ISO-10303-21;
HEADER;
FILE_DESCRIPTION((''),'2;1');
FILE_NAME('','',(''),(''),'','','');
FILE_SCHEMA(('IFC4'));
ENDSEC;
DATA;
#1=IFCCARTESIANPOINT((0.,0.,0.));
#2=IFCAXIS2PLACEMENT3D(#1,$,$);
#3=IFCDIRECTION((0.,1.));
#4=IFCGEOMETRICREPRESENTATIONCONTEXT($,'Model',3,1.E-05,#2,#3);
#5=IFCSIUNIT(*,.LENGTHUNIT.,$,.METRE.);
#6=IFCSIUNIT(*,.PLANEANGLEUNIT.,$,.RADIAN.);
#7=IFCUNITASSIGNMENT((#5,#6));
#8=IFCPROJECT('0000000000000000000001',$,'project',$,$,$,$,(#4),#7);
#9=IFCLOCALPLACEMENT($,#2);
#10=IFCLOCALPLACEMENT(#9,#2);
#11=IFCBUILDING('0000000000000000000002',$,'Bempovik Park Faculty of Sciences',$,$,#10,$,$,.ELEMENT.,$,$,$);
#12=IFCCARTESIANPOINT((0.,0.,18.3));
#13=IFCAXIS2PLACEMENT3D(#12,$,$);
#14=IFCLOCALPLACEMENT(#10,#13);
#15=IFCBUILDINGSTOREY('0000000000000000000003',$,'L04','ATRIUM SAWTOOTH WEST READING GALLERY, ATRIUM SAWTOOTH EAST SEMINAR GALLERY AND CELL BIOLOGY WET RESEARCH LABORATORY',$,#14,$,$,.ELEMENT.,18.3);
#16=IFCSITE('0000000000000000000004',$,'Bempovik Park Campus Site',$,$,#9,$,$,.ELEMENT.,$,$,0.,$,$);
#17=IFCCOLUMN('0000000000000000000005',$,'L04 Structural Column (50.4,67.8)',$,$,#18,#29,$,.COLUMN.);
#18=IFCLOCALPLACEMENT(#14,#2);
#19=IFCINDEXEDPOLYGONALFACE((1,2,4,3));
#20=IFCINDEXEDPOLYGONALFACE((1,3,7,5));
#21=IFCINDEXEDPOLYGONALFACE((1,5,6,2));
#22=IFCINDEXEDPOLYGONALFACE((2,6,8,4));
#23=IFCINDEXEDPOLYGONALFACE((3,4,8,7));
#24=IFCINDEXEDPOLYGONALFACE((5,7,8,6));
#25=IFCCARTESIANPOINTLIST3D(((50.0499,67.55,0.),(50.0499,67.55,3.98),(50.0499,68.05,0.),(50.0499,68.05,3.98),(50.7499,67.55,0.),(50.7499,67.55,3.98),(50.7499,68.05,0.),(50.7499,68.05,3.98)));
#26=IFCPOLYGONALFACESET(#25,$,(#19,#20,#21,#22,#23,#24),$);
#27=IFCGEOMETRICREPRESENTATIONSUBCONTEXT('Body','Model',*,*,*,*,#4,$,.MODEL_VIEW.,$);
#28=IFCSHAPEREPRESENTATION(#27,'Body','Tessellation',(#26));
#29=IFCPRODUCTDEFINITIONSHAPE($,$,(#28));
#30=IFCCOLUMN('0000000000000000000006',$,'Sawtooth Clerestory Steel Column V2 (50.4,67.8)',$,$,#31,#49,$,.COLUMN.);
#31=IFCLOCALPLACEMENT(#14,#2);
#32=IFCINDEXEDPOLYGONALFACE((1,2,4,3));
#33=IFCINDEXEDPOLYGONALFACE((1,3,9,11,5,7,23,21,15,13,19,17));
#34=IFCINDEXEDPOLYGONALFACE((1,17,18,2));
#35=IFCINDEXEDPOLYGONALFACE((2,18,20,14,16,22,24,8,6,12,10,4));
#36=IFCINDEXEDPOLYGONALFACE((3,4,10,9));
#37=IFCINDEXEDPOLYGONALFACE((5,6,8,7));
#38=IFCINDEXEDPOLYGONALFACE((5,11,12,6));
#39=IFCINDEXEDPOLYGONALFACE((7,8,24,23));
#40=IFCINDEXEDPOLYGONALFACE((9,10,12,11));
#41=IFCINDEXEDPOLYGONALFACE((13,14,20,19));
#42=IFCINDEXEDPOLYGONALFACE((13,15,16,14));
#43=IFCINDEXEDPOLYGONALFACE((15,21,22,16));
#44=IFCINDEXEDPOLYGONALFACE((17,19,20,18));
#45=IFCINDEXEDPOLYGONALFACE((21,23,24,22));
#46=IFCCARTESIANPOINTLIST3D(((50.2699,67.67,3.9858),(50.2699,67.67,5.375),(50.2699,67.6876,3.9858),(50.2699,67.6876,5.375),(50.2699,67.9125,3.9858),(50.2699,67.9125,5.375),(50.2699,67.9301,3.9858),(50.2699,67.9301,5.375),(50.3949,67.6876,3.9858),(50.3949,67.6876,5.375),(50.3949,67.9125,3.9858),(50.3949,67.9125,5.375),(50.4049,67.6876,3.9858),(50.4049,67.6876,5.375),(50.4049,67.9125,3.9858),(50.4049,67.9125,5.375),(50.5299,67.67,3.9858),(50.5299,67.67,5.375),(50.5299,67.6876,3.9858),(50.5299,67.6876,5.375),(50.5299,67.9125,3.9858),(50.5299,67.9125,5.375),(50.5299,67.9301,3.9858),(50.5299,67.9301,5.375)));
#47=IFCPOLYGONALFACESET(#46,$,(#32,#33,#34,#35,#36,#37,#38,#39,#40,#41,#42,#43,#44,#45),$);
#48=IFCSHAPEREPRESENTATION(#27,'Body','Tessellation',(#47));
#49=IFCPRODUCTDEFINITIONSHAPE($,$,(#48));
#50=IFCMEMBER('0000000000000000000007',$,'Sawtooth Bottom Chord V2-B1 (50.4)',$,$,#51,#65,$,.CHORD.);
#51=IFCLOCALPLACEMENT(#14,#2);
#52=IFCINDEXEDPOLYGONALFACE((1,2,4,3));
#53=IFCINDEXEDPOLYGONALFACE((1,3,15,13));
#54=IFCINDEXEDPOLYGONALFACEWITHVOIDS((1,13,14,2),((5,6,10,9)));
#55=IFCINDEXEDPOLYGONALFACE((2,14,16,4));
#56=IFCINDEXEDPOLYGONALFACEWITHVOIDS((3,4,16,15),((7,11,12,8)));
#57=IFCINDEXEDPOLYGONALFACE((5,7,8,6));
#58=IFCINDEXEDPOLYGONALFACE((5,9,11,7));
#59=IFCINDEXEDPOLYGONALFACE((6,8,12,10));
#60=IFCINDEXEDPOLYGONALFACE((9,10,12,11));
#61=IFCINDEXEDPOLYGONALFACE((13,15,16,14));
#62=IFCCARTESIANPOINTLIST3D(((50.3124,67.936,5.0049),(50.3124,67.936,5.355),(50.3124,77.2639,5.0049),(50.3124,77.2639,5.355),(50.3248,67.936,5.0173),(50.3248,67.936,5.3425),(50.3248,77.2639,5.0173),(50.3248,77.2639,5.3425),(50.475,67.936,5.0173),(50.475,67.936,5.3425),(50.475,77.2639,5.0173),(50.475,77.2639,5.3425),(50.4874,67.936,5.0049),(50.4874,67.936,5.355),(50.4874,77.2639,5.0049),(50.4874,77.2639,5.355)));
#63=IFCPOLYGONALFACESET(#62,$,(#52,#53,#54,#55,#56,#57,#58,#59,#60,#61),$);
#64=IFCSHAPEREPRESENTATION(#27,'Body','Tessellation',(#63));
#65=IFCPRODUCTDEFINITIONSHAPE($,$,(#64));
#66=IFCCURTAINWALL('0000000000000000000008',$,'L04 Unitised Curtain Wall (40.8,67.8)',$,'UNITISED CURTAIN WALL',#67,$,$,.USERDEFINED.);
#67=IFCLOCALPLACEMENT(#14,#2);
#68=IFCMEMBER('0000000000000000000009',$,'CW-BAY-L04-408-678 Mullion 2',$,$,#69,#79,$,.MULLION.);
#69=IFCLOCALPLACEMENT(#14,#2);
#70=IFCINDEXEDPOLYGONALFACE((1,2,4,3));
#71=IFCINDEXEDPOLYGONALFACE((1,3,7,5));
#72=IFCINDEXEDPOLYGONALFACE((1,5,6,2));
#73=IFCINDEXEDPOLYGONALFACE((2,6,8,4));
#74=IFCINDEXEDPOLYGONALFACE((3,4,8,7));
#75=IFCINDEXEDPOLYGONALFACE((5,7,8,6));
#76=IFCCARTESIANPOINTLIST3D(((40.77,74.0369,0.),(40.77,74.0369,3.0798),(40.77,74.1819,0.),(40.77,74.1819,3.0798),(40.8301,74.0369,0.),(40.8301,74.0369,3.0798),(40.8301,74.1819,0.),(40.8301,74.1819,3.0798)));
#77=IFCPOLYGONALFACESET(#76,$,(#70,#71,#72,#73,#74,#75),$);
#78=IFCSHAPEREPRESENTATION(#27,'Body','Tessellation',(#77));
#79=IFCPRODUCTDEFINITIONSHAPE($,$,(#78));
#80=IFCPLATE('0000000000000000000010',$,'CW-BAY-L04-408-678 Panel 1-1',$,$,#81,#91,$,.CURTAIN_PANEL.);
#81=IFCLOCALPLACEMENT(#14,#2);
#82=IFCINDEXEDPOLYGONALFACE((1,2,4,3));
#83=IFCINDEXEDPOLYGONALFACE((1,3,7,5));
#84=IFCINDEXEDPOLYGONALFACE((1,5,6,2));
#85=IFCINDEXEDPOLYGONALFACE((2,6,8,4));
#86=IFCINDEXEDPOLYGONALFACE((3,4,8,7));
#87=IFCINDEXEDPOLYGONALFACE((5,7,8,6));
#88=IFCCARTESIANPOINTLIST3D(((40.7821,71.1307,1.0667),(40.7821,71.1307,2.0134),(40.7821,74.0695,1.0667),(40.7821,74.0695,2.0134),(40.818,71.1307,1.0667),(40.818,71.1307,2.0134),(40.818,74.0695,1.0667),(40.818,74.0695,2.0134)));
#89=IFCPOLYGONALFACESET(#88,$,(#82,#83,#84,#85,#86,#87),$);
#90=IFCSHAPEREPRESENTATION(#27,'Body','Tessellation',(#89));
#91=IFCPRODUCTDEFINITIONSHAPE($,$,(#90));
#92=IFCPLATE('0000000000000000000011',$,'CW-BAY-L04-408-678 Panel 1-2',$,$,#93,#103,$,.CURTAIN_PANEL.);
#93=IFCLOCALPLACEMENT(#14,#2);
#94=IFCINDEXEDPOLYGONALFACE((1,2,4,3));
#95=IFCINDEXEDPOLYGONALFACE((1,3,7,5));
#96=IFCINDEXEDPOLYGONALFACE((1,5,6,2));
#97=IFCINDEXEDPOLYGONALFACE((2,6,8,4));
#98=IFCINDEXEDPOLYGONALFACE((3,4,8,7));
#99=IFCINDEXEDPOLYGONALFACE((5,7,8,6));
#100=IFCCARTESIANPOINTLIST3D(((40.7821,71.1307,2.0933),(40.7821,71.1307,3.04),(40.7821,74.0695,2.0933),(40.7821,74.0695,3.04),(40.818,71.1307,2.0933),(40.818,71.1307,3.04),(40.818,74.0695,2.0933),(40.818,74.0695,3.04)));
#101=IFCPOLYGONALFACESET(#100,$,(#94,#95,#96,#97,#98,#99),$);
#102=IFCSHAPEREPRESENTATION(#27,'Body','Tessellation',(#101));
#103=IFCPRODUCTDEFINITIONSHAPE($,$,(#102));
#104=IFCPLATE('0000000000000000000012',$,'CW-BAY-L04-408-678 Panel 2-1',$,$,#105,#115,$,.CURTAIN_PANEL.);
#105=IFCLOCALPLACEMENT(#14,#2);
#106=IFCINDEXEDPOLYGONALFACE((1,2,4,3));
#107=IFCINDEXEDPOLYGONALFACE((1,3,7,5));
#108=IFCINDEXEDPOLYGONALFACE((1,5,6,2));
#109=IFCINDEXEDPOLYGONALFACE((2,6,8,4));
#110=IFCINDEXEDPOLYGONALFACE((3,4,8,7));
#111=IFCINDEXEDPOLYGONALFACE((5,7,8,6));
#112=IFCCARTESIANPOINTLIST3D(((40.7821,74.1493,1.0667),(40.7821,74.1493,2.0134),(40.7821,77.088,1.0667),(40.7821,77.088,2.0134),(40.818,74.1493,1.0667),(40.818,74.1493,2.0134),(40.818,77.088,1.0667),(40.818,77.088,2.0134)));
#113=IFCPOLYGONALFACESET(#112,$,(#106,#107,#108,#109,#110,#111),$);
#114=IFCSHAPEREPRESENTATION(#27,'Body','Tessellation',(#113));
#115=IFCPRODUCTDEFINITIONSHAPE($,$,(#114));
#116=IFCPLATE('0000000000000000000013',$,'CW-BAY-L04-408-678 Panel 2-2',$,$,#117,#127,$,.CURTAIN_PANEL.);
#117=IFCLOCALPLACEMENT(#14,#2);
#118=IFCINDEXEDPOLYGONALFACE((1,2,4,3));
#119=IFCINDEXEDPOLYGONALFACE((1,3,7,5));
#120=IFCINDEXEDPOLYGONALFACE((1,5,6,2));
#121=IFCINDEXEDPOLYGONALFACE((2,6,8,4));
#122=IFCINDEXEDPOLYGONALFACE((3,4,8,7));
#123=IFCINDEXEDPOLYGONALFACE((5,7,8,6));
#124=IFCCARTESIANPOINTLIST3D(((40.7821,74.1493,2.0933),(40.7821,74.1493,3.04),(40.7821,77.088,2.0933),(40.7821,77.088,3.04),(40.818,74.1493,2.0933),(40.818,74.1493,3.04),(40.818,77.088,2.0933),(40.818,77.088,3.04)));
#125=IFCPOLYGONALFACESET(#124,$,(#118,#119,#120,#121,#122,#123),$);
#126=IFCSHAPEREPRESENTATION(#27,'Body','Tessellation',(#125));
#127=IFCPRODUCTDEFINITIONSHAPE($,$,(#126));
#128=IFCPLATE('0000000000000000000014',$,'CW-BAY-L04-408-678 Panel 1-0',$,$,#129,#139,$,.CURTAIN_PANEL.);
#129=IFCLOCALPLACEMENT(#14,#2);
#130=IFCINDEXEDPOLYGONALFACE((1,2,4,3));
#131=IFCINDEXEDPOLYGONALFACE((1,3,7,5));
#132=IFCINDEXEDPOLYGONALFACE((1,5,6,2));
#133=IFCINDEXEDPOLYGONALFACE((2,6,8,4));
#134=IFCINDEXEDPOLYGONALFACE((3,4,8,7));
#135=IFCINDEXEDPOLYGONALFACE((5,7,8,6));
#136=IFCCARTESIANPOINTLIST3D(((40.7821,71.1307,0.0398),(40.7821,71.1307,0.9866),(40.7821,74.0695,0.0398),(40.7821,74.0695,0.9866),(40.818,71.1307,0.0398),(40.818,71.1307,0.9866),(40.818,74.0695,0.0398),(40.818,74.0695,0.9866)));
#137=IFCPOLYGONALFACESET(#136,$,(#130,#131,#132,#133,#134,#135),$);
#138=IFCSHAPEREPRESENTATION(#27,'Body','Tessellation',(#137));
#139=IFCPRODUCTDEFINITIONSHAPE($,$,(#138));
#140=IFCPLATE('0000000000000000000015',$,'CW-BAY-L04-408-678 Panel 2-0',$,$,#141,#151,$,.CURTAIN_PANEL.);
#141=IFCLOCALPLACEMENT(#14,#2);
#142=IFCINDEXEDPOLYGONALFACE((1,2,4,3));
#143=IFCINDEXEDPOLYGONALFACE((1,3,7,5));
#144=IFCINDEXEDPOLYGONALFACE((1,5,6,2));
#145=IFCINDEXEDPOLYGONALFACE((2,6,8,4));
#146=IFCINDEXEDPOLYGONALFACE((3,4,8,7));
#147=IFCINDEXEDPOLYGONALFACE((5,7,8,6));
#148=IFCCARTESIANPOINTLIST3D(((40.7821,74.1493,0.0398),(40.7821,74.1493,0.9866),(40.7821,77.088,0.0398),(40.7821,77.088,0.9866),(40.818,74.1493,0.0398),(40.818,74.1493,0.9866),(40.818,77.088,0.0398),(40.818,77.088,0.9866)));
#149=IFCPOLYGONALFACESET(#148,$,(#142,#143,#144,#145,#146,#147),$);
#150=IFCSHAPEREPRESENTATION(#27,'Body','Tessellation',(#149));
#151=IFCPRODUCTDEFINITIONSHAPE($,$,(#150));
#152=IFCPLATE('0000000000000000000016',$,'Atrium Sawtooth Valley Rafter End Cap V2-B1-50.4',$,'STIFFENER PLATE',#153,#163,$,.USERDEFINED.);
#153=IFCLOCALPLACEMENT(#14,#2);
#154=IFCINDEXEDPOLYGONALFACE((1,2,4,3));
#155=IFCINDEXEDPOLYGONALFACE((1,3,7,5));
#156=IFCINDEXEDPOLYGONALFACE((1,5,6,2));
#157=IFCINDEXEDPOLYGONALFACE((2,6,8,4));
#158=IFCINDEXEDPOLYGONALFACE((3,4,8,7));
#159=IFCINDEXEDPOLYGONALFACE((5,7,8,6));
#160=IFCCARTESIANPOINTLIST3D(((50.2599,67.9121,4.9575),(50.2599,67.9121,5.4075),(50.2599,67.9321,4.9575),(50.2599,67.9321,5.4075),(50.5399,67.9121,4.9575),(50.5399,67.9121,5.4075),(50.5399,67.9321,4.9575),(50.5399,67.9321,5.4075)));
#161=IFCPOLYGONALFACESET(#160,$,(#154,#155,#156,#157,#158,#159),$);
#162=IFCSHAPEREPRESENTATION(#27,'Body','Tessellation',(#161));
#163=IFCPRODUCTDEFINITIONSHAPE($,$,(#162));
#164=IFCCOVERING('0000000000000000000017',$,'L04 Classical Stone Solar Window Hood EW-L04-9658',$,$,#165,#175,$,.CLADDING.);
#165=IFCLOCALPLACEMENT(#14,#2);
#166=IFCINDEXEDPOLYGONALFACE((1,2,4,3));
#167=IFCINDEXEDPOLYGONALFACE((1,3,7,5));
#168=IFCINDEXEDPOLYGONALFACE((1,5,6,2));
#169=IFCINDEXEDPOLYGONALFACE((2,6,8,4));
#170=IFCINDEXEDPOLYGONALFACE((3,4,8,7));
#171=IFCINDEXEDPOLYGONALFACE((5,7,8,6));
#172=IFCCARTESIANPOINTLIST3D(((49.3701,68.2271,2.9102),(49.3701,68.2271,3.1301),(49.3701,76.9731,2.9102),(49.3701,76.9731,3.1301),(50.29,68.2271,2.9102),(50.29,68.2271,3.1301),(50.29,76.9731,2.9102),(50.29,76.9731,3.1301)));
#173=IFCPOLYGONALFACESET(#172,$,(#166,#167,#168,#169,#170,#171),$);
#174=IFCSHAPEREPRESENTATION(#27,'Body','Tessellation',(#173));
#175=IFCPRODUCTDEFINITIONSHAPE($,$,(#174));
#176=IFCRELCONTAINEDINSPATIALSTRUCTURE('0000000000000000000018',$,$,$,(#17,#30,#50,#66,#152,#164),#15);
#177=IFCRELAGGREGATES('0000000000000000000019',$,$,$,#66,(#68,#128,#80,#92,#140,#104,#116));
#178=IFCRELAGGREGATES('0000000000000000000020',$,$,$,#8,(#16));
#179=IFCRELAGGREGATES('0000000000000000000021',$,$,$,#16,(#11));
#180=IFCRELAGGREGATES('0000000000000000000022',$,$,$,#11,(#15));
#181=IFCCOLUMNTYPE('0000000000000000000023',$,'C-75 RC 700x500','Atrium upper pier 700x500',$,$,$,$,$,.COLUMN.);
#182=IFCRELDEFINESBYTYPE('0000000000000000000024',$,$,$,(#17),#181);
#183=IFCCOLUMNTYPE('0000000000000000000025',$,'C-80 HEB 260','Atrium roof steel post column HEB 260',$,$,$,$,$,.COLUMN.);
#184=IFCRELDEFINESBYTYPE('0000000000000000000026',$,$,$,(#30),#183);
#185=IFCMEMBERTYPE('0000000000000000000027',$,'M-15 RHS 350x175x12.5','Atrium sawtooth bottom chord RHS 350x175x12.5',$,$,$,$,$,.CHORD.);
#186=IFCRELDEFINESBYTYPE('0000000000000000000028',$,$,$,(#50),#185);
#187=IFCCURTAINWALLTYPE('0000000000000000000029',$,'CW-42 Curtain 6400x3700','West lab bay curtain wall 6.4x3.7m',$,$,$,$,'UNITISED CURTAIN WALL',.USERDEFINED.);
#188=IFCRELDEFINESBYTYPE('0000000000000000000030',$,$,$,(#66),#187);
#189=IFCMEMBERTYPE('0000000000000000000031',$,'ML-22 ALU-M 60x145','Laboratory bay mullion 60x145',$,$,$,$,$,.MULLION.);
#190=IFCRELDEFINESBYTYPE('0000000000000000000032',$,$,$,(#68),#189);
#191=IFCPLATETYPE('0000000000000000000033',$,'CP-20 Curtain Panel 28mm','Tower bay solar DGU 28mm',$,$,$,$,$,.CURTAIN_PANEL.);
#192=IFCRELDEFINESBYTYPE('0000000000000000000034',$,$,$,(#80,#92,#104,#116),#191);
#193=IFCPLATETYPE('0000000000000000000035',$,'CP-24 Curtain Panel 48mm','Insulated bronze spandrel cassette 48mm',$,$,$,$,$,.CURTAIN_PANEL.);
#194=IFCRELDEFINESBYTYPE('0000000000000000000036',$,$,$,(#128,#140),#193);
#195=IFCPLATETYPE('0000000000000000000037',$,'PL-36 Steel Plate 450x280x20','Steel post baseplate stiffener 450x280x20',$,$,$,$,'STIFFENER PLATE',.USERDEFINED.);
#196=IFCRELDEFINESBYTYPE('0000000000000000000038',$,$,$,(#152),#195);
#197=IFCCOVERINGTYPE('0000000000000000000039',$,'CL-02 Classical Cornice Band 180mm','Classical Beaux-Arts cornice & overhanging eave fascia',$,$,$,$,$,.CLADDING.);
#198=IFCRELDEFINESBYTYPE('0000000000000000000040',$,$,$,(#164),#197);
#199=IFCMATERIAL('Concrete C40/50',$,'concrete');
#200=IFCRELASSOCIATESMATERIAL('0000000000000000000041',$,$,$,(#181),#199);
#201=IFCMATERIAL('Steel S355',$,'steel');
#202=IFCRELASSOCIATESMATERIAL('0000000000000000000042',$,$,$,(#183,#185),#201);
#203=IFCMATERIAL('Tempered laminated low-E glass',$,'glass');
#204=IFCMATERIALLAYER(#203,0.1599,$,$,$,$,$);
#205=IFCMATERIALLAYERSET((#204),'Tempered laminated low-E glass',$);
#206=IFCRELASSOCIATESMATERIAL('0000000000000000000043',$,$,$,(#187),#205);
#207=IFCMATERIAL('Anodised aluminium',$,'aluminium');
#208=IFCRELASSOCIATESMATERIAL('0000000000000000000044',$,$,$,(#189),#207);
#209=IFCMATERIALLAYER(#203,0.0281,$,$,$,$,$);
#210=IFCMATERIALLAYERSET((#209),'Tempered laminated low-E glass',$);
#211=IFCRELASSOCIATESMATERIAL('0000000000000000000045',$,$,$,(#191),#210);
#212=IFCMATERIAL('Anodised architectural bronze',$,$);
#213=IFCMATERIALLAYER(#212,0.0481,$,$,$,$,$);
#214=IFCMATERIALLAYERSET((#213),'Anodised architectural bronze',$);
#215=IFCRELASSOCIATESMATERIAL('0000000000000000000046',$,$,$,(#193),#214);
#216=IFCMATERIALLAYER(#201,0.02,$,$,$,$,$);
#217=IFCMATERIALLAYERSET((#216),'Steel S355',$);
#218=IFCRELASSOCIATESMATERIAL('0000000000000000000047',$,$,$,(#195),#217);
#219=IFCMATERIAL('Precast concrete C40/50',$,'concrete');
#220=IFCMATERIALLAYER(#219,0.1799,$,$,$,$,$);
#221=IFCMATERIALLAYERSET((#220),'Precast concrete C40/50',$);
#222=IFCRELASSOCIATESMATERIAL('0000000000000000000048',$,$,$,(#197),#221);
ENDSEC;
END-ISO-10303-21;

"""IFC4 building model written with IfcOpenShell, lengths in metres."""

from ifc_helpers import new_model, si_unit, direction, frame, origin, origin_2d, place, context, subcontext, project, spatial, rectangle, hollow_rectangle, i_section, extrude, material, layer, layer_set, material_profile, profile_set, type_object, element, aggregate, save


model = new_model("IFC4")

# Units and contexts
model_context = context("Model", 3, precision=1e-05, world=origin(), true_north=direction((0.0, 1.0)))
body_context = subcontext(model_context, "Body", "Model", "MODEL_VIEW")
ifc_project = project(units=[si_unit("LENGTHUNIT", "METRE"), si_unit("PLANEANGLEUNIT", "RADIAN")], contexts=[model_context])

# Site, building, storey
site_placement = place(None, origin())
site = spatial("IfcSite", under=ifc_project, at=site_placement, Name="Bempovik Park Campus Site", CompositionType="ELEMENT", RefElevation=0.0)
building_placement = place(site_placement, origin())
building = spatial("IfcBuilding", under=site, at=building_placement, Name="Bempovik Park Faculty of Sciences", CompositionType="ELEMENT")
storey_placement = place(building_placement, frame((0.0, 0.0, 18.3)))
storey = spatial("IfcBuildingStorey", under=building, at=storey_placement, Name="L04", Description="ATRIUM SAWTOOTH WEST READING GALLERY, ATRIUM SAWTOOTH EAST SEMINAR GALLERY AND CELL BIOLOGY WET RESEARCH LABORATORY", CompositionType="ELEMENT", Elevation=18.3)

# Columns
ifc_material_1 = material(Name="Concrete C40/50", Category="concrete")
ifc_material_profile_1 = material_profile(ifc_material_1, rectangle(XDim=0.7, YDim=0.5, at=origin_2d()), Name="RC 700x500")
ifc_profile_set_1 = profile_set([ifc_material_profile_1], Name="Concrete C40/50")
column_type_1 = type_object("IfcColumnType", Name="C-75 RC 700x500", Description="Atrium upper pier 700x500", PredefinedType="COLUMN", material=ifc_profile_set_1)
column_1_placement = place(storey_placement, frame((50.3999, 67.8, 0.0), z_axis=(0.0, 0.0, 1.0), x_axis=(1.0, 0.0, 0.0)))
element("IfcColumn", 1, at=column_1_placement, inside=storey, type_object=column_type_1, Name="L04 Structural Column (50.4,67.8)", PredefinedType="COLUMN", context=body_context, shape_type="SweptSolid", body=[
    extrude(rectangle(XDim=0.7, YDim=0.5, at=origin_2d()), origin(), (0.0, 0.0, 1.0), 3.98),
])
ifc_material_2 = material(Name="Steel S355", Category="steel")
ifc_material_profile_2 = material_profile(ifc_material_2, i_section(OverallWidth=0.26, OverallDepth=0.26, WebThickness=0.01, FlangeThickness=0.0176, at=origin_2d()), Name="HEB 260")
ifc_profile_set_2 = profile_set([ifc_material_profile_2], Name="Steel S355")
column_type_2 = type_object("IfcColumnType", Name="C-80 HEB 260", Description="Atrium roof steel post column HEB 260", PredefinedType="COLUMN", material=ifc_profile_set_2)
column_2_placement = place(storey_placement, frame((50.3999, 67.8, 3.9858), z_axis=(0.0, 0.0, 1.0), x_axis=(1.0, 0.0, 0.0)))
element("IfcColumn", 2, at=column_2_placement, inside=storey, type_object=column_type_2, Name="Sawtooth Clerestory Steel Column V2 (50.4,67.8)", PredefinedType="COLUMN", context=body_context, shape_type="SweptSolid", body=[
    extrude(i_section(OverallWidth=0.26, OverallDepth=0.26, WebThickness=0.01, FlangeThickness=0.0176, at=origin_2d()), origin(), (0.0, 0.0, 1.0), 1.3892),
])

# Member
ifc_material_profile_3 = material_profile(ifc_material_2, hollow_rectangle(XDim=0.175, YDim=0.3501, WallThickness=0.0125, at=origin_2d()), Name="RHS 350x175x12.5")
ifc_profile_set_3 = profile_set([ifc_material_profile_3], Name="Steel S355")
member_type_1 = type_object("IfcMemberType", Name="M-15 RHS 350x175x12.5", Description="Atrium sawtooth bottom chord RHS 350x175x12.5", PredefinedType="CHORD", material=ifc_profile_set_3)
member_1_placement = place(storey_placement, frame((50.3999, 67.936, 5.1799), z_axis=(0.0, 1.0, 0.0), x_axis=(-1.0, 0.0, 0.0)))
element("IfcMember", 3, at=member_1_placement, inside=storey, type_object=member_type_1, Name="Sawtooth Bottom Chord V2-B1 (50.4)", PredefinedType="CHORD", context=body_context, shape_type="SweptSolid", body=[
    extrude(hollow_rectangle(XDim=0.175, YDim=0.3501, WallThickness=0.0125, at=origin_2d()), origin(), (0.0, 0.0, 1.0), 9.3279),
])

# Curtain wall, member, plates
ifc_material_3 = material(Name="Tempered laminated low-E glass", Category="glass")
ifc_layer_1 = layer(ifc_material_3, 0.1599)
ifc_layer_set_1 = layer_set([ifc_layer_1], Name="Tempered laminated low-E glass")
curtain_wall_type = type_object("IfcCurtainWallType", Name="CW-42 Curtain 6400x3700", Description="West lab bay curtain wall 6.4x3.7m", ElementType="UNITISED CURTAIN WALL", PredefinedType="USERDEFINED", material=ifc_layer_set_1)
curtain_wall_placement = place(storey_placement, origin())
curtain_wall = element("IfcCurtainWall", 4, at=curtain_wall_placement, inside=storey, type_object=curtain_wall_type, Name="L04 Unitised Curtain Wall (40.8,67.8)", ObjectType="UNITISED CURTAIN WALL", PredefinedType="USERDEFINED")
ifc_material_4 = material(Name="Anodised aluminium", Category="aluminium")
ifc_material_profile_4 = material_profile(ifc_material_4, rectangle(XDim=0.0601, YDim=0.145, at=origin_2d()), Name="ALU-M 60x145")
ifc_profile_set_4 = profile_set([ifc_material_profile_4], Name="Anodised aluminium")
member_type_2 = type_object("IfcMemberType", Name="ML-22 ALU-M 60x145", Description="Laboratory bay mullion 60x145", PredefinedType="MULLION", material=ifc_profile_set_4)
member_2_placement = place(storey_placement, frame((40.8, 74.1094, 0.0), z_axis=(0.0, 0.0, 1.0), x_axis=(1.0, 0.0, 0.0)))
member_2 = element("IfcMember", 5, at=member_2_placement, type_object=member_type_2, Name="CW-BAY-L04-408-678 Mullion 2", PredefinedType="MULLION", context=body_context, shape_type="SweptSolid", body=[
    extrude(rectangle(XDim=0.0601, YDim=0.145, at=origin_2d()), origin(), (0.0, 0.0, 1.0), 3.0798),
])
ifc_layer_2 = layer(ifc_material_3, 0.0281)
ifc_layer_set_2 = layer_set([ifc_layer_2], Name="Tempered laminated low-E glass")
plate_type_1 = type_object("IfcPlateType", Name="CP-20 Curtain Panel 28mm", Description="Tower bay solar DGU 28mm", PredefinedType="CURTAIN_PANEL", material=ifc_layer_set_2)
plate_1_placement = place(storey_placement, frame((40.8, 72.6001, 1.0667), z_axis=(0.0, 0.0, 1.0), x_axis=(0.0, 1.0, 0.0)))
plate_1 = element("IfcPlate", 6, at=plate_1_placement, type_object=plate_type_1, Name="CW-BAY-L04-408-678 Panel 1-1", PredefinedType="CURTAIN_PANEL", context=body_context, shape_type="SweptSolid", body=[
    extrude(rectangle(XDim=2.9387, YDim=0.0359, at=origin_2d()), origin(), (0.0, 0.0, 1.0), 0.9468),
])
plate_2_placement = place(storey_placement, frame((40.8, 72.6001, 2.0933), z_axis=(0.0, 0.0, 1.0), x_axis=(0.0, 1.0, 0.0)))
plate_2 = element("IfcPlate", 7, at=plate_2_placement, type_object=plate_type_1, Name="CW-BAY-L04-408-678 Panel 1-2", PredefinedType="CURTAIN_PANEL", context=body_context, shape_type="SweptSolid", body=[
    extrude(rectangle(XDim=2.9387, YDim=0.0359, at=origin_2d()), origin(), (0.0, 0.0, 1.0), 0.9468),
])
plate_3_placement = place(storey_placement, frame((40.8, 75.6187, 1.0667), z_axis=(0.0, 0.0, 1.0), x_axis=(0.0, 1.0, 0.0)))
plate_3 = element("IfcPlate", 8, at=plate_3_placement, type_object=plate_type_1, Name="CW-BAY-L04-408-678 Panel 2-1", PredefinedType="CURTAIN_PANEL", context=body_context, shape_type="SweptSolid", body=[
    extrude(rectangle(XDim=2.9387, YDim=0.0359, at=origin_2d()), origin(), (0.0, 0.0, 1.0), 0.9468),
])
plate_4_placement = place(storey_placement, frame((40.8, 75.6187, 2.0933), z_axis=(0.0, 0.0, 1.0), x_axis=(0.0, 1.0, 0.0)))
plate_4 = element("IfcPlate", 9, at=plate_4_placement, type_object=plate_type_1, Name="CW-BAY-L04-408-678 Panel 2-2", PredefinedType="CURTAIN_PANEL", context=body_context, shape_type="SweptSolid", body=[
    extrude(rectangle(XDim=2.9387, YDim=0.0359, at=origin_2d()), origin(), (0.0, 0.0, 1.0), 0.9468),
])
ifc_material_5 = material(Name="Anodised architectural bronze")
ifc_layer_3 = layer(ifc_material_5, 0.0481)
ifc_layer_set_3 = layer_set([ifc_layer_3], Name="Anodised architectural bronze")
plate_type_2 = type_object("IfcPlateType", Name="CP-24 Curtain Panel 48mm", Description="Insulated bronze spandrel cassette 48mm", PredefinedType="CURTAIN_PANEL", material=ifc_layer_set_3)
plate_5_placement = place(storey_placement, frame((40.8, 72.6001, 0.0398), z_axis=(0.0, 0.0, 1.0), x_axis=(0.0, 1.0, 0.0)))
plate_5 = element("IfcPlate", 10, at=plate_5_placement, type_object=plate_type_2, Name="CW-BAY-L04-408-678 Panel 1-0", PredefinedType="CURTAIN_PANEL", context=body_context, shape_type="SweptSolid", body=[
    extrude(rectangle(XDim=2.9387, YDim=0.0359, at=origin_2d()), origin(), (0.0, 0.0, 1.0), 0.9468),
])
plate_6_placement = place(storey_placement, frame((40.8, 75.6187, 0.0398), z_axis=(0.0, 0.0, 1.0), x_axis=(0.0, 1.0, 0.0)))
plate_6 = element("IfcPlate", 11, at=plate_6_placement, type_object=plate_type_2, Name="CW-BAY-L04-408-678 Panel 2-0", PredefinedType="CURTAIN_PANEL", context=body_context, shape_type="SweptSolid", body=[
    extrude(rectangle(XDim=2.9387, YDim=0.0359, at=origin_2d()), origin(), (0.0, 0.0, 1.0), 0.9468),
])
aggregate(curtain_wall, [member_2, plate_5, plate_1, plate_2, plate_6, plate_3, plate_4])

# Plate
ifc_layer_4 = layer(ifc_material_2, 0.02)
ifc_layer_set_4 = layer_set([ifc_layer_4], Name="Steel S355")
plate_type_3 = type_object("IfcPlateType", Name="PL-36 Steel Plate 450x280x20", Description="Steel post baseplate stiffener 450x280x20", ElementType="STIFFENER PLATE", PredefinedType="USERDEFINED", material=ifc_layer_set_4)
plate_7_placement = place(storey_placement, frame((50.3999, 67.9221, 4.9575), z_axis=(0.0, 0.0, 1.0), x_axis=(1.0, 0.0, 0.0)))
element("IfcPlate", 12, at=plate_7_placement, inside=storey, type_object=plate_type_3, Name="Atrium Sawtooth Valley Rafter End Cap V2-B1-50.4", ObjectType="STIFFENER PLATE", PredefinedType="USERDEFINED", context=body_context, shape_type="SweptSolid", body=[
    extrude(rectangle(XDim=0.28, YDim=0.02, at=origin_2d()), origin(), (0.0, 0.0, 1.0), 0.45),
])

# Covering
ifc_material_6 = material(Name="Precast concrete C40/50", Category="concrete")
ifc_layer_5 = layer(ifc_material_6, 0.1799)
ifc_layer_set_5 = layer_set([ifc_layer_5], Name="Precast concrete C40/50")
covering_type_1 = type_object("IfcCoveringType", Name="CL-02 Classical Cornice Band 180mm", Description="Classical Beaux-Arts cornice & overhanging eave fascia", PredefinedType="CLADDING", material=ifc_layer_set_5)
covering_1_placement = place(storey_placement, frame((49.8301, 72.6001, 2.9102), z_axis=(0.0, 0.0, 1.0), x_axis=(1.0, 0.0, 0.0)))
element("IfcCovering", 13, at=covering_1_placement, inside=storey, type_object=covering_type_1, Name="L04 Classical Stone Solar Window Hood EW-L04-9658", PredefinedType="CLADDING", context=body_context, shape_type="SweptSolid", body=[
    extrude(rectangle(XDim=0.9199, YDim=8.7461, at=origin_2d()), origin(), (0.0, 0.0, 1.0), 0.22),
])

save(model, "model.ifc")
